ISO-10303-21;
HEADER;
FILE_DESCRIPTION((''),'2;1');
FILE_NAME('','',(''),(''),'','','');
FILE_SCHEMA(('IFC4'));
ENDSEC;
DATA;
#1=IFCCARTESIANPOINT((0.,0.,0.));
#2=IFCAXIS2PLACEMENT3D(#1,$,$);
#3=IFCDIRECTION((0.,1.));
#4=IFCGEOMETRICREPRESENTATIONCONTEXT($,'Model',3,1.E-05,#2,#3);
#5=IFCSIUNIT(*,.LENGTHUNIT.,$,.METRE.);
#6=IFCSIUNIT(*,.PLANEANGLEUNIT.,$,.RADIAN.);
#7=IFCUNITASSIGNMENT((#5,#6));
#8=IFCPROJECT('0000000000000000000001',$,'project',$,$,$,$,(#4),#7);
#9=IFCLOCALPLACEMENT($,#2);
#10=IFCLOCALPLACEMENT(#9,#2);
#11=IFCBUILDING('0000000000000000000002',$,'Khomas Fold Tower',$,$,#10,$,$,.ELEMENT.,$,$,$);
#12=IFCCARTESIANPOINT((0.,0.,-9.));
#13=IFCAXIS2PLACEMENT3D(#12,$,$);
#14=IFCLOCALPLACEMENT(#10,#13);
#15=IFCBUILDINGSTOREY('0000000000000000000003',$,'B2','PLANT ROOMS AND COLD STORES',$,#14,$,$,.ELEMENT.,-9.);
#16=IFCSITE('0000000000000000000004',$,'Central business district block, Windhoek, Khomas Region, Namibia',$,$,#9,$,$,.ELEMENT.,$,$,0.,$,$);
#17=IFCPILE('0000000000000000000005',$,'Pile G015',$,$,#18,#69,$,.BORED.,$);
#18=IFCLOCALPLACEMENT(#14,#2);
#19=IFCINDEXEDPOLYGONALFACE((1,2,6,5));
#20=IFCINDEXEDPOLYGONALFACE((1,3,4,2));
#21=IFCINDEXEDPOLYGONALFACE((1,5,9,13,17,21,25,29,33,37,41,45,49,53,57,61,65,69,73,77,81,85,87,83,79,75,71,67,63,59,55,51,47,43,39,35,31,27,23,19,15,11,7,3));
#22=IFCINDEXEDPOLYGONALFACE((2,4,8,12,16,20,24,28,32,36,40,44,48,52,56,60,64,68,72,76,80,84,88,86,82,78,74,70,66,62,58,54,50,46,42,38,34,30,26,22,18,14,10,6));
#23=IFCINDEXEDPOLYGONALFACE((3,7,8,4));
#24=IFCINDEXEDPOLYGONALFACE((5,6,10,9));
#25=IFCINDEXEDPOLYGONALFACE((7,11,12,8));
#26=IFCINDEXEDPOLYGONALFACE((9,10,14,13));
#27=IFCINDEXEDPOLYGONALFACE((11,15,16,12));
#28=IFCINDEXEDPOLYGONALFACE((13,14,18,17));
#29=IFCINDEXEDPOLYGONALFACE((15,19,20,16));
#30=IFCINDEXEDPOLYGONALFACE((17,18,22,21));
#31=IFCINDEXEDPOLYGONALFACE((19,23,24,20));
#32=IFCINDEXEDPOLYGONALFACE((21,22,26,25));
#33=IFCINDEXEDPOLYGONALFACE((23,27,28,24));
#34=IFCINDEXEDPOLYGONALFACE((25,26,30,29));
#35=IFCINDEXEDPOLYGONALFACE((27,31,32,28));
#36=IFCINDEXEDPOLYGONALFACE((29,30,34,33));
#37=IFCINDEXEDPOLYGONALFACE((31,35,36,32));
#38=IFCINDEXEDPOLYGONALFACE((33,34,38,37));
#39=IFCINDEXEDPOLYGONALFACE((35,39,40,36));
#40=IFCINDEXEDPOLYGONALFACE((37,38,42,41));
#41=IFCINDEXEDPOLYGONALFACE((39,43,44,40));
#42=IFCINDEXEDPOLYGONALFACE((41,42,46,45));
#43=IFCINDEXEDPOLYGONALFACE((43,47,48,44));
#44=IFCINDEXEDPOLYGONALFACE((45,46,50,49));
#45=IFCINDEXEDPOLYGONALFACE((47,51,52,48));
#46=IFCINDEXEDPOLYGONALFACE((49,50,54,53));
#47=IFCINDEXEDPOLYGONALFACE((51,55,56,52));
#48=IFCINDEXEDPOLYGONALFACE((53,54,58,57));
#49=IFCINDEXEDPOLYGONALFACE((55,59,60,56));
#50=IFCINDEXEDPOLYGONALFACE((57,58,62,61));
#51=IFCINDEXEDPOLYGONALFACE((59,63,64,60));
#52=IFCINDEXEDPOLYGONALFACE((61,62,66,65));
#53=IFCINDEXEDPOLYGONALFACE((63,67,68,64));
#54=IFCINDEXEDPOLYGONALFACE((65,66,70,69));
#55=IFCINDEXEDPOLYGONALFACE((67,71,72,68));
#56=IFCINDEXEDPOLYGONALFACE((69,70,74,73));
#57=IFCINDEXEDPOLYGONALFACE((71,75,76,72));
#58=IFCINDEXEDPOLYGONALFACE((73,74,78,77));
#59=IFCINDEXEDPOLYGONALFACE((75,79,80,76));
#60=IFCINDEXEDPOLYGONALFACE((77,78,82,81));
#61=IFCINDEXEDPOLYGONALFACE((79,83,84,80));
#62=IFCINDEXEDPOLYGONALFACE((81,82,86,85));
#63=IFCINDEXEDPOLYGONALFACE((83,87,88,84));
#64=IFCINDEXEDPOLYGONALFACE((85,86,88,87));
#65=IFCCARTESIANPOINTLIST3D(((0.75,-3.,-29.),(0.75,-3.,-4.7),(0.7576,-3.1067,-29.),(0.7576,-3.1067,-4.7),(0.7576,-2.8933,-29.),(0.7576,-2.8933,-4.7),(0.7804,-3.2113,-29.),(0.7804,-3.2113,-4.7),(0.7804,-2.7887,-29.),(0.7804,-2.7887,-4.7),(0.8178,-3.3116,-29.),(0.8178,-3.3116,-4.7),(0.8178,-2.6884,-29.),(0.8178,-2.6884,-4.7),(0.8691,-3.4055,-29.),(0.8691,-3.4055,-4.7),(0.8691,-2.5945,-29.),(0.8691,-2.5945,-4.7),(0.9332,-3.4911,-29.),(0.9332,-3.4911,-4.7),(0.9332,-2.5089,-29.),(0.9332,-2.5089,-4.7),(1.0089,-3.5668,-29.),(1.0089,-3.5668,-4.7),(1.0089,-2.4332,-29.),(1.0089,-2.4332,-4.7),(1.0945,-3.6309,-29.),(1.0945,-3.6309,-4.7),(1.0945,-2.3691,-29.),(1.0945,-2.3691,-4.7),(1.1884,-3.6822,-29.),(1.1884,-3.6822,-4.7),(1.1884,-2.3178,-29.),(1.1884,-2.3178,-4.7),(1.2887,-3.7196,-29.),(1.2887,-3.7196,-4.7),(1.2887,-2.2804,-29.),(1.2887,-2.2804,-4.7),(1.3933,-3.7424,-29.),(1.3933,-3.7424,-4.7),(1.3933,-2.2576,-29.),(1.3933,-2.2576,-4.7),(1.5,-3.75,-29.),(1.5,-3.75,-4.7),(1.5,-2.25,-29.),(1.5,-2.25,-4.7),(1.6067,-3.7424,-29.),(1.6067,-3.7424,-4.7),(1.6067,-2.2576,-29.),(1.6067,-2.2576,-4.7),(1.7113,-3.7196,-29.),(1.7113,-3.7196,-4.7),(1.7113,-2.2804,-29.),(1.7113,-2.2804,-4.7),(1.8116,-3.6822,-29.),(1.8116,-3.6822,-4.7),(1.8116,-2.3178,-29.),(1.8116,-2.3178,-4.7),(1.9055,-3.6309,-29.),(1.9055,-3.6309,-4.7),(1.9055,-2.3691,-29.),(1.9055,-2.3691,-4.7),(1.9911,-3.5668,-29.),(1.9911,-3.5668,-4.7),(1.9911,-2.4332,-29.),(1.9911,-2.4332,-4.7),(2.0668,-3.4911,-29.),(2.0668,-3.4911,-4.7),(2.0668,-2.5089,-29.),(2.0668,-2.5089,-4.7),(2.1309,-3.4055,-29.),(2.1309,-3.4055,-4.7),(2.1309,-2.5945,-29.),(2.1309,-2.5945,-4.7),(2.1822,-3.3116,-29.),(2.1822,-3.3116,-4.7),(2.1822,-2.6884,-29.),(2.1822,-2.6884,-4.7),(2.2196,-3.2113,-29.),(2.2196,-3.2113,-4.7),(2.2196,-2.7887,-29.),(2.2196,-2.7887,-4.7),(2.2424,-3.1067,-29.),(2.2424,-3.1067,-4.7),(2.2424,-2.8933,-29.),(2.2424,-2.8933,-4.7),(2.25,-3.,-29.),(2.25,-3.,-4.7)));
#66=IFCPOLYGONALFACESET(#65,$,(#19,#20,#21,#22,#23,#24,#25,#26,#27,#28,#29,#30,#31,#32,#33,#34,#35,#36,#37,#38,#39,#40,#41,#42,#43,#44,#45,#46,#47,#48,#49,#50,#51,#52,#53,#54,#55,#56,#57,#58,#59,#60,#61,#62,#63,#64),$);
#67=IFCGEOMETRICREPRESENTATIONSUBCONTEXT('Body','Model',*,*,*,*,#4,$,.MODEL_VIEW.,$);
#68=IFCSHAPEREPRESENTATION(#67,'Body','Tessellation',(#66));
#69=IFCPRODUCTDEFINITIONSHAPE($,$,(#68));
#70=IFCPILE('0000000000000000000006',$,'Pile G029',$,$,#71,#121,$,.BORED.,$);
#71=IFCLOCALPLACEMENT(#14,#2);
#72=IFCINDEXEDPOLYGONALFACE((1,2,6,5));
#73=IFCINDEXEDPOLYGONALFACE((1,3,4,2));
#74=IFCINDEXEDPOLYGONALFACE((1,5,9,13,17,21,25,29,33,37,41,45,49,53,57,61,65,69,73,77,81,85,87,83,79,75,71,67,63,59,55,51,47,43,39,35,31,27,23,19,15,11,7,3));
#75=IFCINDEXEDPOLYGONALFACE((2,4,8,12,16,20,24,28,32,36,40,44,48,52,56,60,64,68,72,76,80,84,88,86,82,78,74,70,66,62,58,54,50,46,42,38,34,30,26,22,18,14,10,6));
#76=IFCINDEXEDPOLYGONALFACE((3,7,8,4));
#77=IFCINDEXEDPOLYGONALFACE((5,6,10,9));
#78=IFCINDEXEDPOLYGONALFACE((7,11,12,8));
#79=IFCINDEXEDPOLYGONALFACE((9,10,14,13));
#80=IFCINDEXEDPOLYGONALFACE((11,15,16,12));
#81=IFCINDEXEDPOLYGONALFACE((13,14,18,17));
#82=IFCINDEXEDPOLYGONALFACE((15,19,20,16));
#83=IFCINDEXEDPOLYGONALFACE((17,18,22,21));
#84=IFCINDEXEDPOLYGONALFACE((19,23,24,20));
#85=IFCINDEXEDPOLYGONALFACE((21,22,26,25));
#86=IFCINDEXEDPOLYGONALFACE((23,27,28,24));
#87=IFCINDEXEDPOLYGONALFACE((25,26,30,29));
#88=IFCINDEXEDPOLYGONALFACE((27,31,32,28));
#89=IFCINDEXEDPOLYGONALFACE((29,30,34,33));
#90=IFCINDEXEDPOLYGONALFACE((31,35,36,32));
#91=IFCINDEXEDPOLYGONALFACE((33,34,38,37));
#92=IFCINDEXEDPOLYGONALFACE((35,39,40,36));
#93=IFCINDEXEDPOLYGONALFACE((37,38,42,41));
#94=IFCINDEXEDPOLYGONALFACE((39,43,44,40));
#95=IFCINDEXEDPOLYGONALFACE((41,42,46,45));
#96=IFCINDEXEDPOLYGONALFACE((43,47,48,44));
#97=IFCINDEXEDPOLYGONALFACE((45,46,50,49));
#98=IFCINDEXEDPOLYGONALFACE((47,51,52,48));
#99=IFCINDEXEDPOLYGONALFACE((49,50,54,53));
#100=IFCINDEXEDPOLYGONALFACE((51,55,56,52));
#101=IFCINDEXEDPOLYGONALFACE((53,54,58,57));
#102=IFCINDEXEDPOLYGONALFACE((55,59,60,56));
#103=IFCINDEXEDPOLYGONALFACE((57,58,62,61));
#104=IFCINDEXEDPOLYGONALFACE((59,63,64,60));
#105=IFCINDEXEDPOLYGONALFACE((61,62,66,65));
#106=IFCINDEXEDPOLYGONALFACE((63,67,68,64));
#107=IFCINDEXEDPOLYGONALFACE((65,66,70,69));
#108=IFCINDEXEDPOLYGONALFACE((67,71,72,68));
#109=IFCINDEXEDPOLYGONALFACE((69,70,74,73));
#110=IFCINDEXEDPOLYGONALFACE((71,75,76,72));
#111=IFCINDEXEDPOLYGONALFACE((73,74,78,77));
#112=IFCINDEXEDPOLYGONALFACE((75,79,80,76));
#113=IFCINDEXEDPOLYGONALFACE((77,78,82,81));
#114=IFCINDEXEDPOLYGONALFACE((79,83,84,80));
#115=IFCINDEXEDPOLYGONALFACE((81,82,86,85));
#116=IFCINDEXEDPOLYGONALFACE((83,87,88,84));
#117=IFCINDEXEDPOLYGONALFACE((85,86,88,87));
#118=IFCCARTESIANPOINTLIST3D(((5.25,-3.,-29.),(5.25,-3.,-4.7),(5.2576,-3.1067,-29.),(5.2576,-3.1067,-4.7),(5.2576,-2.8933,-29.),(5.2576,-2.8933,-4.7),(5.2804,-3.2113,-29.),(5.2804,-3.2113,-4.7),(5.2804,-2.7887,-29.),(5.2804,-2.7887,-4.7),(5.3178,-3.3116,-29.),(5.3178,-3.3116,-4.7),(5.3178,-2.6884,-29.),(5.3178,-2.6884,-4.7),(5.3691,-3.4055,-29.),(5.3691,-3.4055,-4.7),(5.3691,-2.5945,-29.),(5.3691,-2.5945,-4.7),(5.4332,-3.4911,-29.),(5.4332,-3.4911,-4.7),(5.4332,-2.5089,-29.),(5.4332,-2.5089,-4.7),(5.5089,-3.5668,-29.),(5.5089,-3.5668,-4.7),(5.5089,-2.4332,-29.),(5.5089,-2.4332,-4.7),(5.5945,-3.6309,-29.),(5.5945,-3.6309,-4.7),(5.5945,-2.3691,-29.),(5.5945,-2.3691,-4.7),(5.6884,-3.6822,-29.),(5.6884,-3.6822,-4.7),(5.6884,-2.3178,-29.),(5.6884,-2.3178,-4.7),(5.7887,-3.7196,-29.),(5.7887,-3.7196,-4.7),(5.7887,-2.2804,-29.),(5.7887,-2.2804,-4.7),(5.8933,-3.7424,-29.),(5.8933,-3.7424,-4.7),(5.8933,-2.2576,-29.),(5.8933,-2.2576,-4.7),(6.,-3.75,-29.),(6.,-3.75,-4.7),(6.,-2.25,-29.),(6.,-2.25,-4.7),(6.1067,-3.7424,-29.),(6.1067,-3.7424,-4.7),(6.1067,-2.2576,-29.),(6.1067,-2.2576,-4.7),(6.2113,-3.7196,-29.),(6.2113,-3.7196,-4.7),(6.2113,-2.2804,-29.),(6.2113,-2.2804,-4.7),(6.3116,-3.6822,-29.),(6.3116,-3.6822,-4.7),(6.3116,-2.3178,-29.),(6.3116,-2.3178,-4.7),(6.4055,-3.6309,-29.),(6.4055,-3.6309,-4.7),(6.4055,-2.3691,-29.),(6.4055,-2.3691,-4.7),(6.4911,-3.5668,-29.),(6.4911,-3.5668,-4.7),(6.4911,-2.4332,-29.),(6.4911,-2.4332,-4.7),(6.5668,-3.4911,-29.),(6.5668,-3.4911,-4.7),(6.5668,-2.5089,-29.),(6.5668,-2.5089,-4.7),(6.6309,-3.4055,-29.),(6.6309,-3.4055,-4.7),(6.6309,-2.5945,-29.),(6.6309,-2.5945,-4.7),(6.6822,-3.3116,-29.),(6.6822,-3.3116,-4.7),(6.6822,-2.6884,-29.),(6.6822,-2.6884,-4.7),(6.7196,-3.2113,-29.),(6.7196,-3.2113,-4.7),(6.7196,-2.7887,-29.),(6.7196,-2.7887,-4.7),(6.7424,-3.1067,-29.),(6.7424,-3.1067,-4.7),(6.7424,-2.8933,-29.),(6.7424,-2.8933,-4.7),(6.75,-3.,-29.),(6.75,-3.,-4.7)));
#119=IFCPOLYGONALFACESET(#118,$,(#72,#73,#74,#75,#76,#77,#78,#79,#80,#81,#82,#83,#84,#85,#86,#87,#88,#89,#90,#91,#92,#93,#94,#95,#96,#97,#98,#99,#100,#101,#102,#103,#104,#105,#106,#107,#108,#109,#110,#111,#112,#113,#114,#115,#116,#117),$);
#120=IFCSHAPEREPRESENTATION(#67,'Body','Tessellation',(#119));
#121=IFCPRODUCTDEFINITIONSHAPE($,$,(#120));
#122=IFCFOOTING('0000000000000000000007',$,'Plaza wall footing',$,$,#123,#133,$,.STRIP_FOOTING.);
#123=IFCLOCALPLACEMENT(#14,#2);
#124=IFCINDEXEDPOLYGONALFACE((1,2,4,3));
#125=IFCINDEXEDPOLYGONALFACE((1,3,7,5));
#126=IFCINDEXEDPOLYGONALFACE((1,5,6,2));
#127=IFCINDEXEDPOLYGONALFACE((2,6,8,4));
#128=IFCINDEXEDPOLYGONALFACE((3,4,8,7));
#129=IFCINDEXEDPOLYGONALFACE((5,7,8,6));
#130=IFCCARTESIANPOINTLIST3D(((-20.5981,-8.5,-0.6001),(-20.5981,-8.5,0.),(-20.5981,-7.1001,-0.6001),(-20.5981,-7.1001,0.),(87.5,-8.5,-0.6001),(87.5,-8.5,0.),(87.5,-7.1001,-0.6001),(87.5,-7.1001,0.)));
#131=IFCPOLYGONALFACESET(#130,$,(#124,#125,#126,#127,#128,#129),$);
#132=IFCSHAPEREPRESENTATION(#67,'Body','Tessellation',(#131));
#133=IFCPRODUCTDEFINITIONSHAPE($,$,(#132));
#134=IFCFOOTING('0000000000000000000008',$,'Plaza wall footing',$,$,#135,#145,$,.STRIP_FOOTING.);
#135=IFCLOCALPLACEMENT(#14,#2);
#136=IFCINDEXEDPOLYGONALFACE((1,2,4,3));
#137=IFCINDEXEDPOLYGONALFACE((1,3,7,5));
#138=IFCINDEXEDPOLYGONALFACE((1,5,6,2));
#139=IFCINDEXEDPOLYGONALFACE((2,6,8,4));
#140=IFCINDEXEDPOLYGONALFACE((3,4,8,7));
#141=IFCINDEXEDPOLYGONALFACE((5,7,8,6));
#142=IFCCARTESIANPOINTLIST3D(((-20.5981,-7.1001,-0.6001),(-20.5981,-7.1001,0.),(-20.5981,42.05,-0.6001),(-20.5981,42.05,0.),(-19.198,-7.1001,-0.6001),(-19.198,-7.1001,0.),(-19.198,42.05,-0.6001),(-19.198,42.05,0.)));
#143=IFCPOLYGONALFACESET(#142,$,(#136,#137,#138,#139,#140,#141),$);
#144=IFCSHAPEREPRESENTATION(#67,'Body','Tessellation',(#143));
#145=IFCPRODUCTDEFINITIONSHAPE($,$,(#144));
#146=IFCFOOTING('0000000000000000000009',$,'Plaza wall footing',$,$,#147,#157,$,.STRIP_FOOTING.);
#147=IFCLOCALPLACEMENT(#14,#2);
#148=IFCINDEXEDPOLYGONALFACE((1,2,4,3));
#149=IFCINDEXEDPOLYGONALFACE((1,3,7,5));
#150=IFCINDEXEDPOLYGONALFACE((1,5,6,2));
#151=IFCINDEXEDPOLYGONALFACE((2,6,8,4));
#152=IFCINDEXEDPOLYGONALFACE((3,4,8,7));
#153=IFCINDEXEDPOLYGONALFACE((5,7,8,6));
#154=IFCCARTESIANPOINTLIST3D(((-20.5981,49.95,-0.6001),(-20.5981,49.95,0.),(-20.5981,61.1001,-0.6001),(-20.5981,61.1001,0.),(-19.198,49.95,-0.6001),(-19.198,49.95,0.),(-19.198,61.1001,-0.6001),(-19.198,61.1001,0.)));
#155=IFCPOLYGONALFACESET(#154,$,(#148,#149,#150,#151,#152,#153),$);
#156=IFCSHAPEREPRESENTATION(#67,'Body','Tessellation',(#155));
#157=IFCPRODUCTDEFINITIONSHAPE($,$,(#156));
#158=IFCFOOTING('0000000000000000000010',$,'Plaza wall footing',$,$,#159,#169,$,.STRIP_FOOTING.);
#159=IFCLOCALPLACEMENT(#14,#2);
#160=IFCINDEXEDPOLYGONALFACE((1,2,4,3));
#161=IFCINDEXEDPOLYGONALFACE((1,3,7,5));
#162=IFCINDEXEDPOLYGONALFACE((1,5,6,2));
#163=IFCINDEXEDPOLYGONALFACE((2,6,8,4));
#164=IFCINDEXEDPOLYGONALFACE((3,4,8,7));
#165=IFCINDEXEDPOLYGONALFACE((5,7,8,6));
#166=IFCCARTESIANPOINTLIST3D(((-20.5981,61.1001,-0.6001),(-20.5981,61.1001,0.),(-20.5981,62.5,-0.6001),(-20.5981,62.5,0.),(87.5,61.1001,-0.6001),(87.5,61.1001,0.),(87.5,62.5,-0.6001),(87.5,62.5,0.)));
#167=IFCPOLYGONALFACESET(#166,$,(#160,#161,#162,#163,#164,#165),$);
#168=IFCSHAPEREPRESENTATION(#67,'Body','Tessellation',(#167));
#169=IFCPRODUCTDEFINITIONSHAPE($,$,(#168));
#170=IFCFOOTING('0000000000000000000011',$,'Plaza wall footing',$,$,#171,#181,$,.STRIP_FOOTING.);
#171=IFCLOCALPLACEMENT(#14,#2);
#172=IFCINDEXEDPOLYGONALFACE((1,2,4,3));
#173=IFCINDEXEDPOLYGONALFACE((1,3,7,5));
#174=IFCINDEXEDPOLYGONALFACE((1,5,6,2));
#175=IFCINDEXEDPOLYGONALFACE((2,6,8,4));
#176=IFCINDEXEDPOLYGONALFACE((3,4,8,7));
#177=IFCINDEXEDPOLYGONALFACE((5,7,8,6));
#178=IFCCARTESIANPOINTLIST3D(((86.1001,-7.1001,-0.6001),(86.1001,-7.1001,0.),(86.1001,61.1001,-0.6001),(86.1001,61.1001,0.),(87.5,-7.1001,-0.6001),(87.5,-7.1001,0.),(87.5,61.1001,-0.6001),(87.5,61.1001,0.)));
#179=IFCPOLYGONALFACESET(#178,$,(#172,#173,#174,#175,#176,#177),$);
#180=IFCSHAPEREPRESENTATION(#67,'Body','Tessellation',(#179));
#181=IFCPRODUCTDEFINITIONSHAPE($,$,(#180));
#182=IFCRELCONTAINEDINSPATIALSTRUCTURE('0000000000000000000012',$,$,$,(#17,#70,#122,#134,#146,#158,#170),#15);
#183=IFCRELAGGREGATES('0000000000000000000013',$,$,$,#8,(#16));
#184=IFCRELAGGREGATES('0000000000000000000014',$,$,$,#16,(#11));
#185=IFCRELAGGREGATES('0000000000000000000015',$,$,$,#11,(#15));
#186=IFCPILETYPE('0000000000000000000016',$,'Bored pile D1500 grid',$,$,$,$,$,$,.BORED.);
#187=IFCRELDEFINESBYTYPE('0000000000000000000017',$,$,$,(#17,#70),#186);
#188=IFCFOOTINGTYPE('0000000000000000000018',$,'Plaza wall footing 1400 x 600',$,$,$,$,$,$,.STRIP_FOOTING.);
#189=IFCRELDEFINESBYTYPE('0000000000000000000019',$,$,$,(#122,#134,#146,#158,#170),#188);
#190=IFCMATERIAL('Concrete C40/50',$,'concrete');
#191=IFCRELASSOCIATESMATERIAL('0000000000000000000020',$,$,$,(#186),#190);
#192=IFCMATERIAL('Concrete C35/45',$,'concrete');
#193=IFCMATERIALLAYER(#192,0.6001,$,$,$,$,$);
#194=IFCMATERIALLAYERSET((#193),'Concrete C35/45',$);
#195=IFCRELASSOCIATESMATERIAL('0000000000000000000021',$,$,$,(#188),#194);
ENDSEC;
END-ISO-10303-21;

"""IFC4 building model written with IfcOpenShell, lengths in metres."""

from ifc_helpers import new_model, si_unit, direction, frame, origin, origin_2d, place, context, subcontext, project, spatial, polyline, circle, outline, extrude, source, transform, mapped, material, layer, layer_set, material_profile, profile_set, type_object, element, save


model = new_model("IFC4")

# Units and contexts
model_context = context("Model", 3, precision=1e-05, world=origin(), true_north=direction((0.0, 1.0)))
body_context = subcontext(model_context, "Body", "Model", "MODEL_VIEW")
ifc_project = project(units=[si_unit("LENGTHUNIT", "METRE"), si_unit("PLANEANGLEUNIT", "RADIAN")], contexts=[model_context])

# Site, building, storey
site_placement = place(None, origin())
site = spatial("IfcSite", under=ifc_project, at=site_placement, Name="Central business district block, Windhoek, Khomas Region, Namibia", CompositionType="ELEMENT", RefElevation=0.0)
building_placement = place(site_placement, origin())
building = spatial("IfcBuilding", under=site, at=building_placement, Name="Khomas Fold Tower", CompositionType="ELEMENT")
storey_placement = place(building_placement, frame((0.0, 0.0, -9.0)))
storey = spatial("IfcBuildingStorey", under=building, at=storey_placement, Name="B2", Description="PLANT ROOMS AND COLD STORES", CompositionType="ELEMENT", Elevation=-9.0)

# Piles
ifc_material_1 = material(Name="Concrete C40/50", Category="concrete")
ifc_material_profile = material_profile(ifc_material_1, circle(Radius=0.75, at=origin_2d()), Name="PILE D1500")
ifc_profile_set = profile_set([ifc_material_profile], Name="Concrete C40/50")
pile_type = type_object("IfcPileType", Name="Bored pile D1500 grid", PredefinedType="BORED", material=ifc_profile_set)
shared_shape_1 = source(origin(), body_context, "Body", "SweptSolid", [
    extrude(circle(Radius=0.75, at=origin_2d()), origin(), (0.0, 0.0, 1.0), 24.3),
])
for number, where, z_axis, x_axis, name in (
    (1, (1.5, -3.0, -4.7), (0.0, 0.0, -1.0), (1.0, 0.0, 0.0), "Pile G015"),
    (2, (6.0, -3.0, -4.7), (0.0, 0.0, -1.0), (1.0, 0.0, 0.0), "Pile G029"),
):
    element("IfcPile", number, at=place(storey_placement, frame(where, z_axis=z_axis, x_axis=x_axis)), inside=storey, type_object=pile_type, Name=name, PredefinedType="BORED", context=body_context, shape_type="MappedRepresentation", body=[
        mapped(shared_shape_1, transform((0.0, 0.0, 0.0))),
    ])

# Footings
ifc_material_2 = material(Name="Concrete C35/45", Category="concrete")
ifc_layer_1 = layer(ifc_material_2, 0.6001)
ifc_layer_set_1 = layer_set([ifc_layer_1], Name="Concrete C35/45")
footing_type_1 = type_object("IfcFootingType", Name="Plaza wall footing 1400 x 600", PredefinedType="STRIP_FOOTING", material=ifc_layer_set_1)
shared_shape_2 = source(origin(), body_context, "Body", "SweptSolid", [
    extrude(outline(polyline([(-20.5981, -8.5), (87.5, -8.5), (87.5, -7.1001), (-20.5981, -7.1001), (-20.5981, -8.5)])), origin(), (0.0, 0.0, 1.0), 0.6001),
])
footing_1_placement = place(storey_placement, frame((0.0, 0.0, -0.6001)))
element("IfcFooting", 3, at=footing_1_placement, inside=storey, type_object=footing_type_1, Name="Plaza wall footing", PredefinedType="STRIP_FOOTING", context=body_context, shape_type="MappedRepresentation", body=[
    mapped(shared_shape_2, transform((0.0, 0.0, 0.0))),
])
shared_shape_3 = source(origin(), body_context, "Body", "SweptSolid", [
    extrude(outline(polyline([(-20.5981, -7.1001), (-19.198, -7.1001), (-19.198, 42.05), (-20.5981, 42.05), (-20.5981, -7.1001)])), origin(), (0.0, 0.0, 1.0), 0.6001),
])
footing_2_placement = place(storey_placement, frame((0.0, 0.0, -0.6001)))
element("IfcFooting", 4, at=footing_2_placement, inside=storey, type_object=footing_type_1, Name="Plaza wall footing", PredefinedType="STRIP_FOOTING", context=body_context, shape_type="MappedRepresentation", body=[
    mapped(shared_shape_3, transform((0.0, 0.0, 0.0))),
])
shared_shape_4 = source(origin(), body_context, "Body", "SweptSolid", [
    extrude(outline(polyline([(-20.5981, 49.95), (-19.198, 49.95), (-19.198, 61.1001), (-20.5981, 61.1001), (-20.5981, 49.95)])), origin(), (0.0, 0.0, 1.0), 0.6001),
])
footing_3_placement = place(storey_placement, frame((0.0, 0.0, -0.6001)))
element("IfcFooting", 5, at=footing_3_placement, inside=storey, type_object=footing_type_1, Name="Plaza wall footing", PredefinedType="STRIP_FOOTING", context=body_context, shape_type="MappedRepresentation", body=[
    mapped(shared_shape_4, transform((0.0, 0.0, 0.0))),
])
shared_shape_5 = source(origin(), body_context, "Body", "SweptSolid", [
    extrude(outline(polyline([(-20.5981, 61.1001), (87.5, 61.1001), (87.5, 62.5), (-20.5981, 62.5), (-20.5981, 61.1001)])), origin(), (0.0, 0.0, 1.0), 0.6001),
])
footing_4_placement = place(storey_placement, frame((0.0, 0.0, -0.6001)))
element("IfcFooting", 6, at=footing_4_placement, inside=storey, type_object=footing_type_1, Name="Plaza wall footing", PredefinedType="STRIP_FOOTING", context=body_context, shape_type="MappedRepresentation", body=[
    mapped(shared_shape_5, transform((0.0, 0.0, 0.0))),
])
shared_shape_6 = source(origin(), body_context, "Body", "SweptSolid", [
    extrude(outline(polyline([(86.1001, -7.1001), (87.5, -7.1001), (87.5, 61.1001), (86.1001, 61.1001), (86.1001, -7.1001)])), origin(), (0.0, 0.0, 1.0), 0.6001),
])
footing_5_placement = place(storey_placement, frame((0.0, 0.0, -0.6001)))
element("IfcFooting", 7, at=footing_5_placement, inside=storey, type_object=footing_type_1, Name="Plaza wall footing", PredefinedType="STRIP_FOOTING", context=body_context, shape_type="MappedRepresentation", body=[
    mapped(shared_shape_6, transform((0.0, 0.0, 0.0))),
])

save(model, "model.ifc")
